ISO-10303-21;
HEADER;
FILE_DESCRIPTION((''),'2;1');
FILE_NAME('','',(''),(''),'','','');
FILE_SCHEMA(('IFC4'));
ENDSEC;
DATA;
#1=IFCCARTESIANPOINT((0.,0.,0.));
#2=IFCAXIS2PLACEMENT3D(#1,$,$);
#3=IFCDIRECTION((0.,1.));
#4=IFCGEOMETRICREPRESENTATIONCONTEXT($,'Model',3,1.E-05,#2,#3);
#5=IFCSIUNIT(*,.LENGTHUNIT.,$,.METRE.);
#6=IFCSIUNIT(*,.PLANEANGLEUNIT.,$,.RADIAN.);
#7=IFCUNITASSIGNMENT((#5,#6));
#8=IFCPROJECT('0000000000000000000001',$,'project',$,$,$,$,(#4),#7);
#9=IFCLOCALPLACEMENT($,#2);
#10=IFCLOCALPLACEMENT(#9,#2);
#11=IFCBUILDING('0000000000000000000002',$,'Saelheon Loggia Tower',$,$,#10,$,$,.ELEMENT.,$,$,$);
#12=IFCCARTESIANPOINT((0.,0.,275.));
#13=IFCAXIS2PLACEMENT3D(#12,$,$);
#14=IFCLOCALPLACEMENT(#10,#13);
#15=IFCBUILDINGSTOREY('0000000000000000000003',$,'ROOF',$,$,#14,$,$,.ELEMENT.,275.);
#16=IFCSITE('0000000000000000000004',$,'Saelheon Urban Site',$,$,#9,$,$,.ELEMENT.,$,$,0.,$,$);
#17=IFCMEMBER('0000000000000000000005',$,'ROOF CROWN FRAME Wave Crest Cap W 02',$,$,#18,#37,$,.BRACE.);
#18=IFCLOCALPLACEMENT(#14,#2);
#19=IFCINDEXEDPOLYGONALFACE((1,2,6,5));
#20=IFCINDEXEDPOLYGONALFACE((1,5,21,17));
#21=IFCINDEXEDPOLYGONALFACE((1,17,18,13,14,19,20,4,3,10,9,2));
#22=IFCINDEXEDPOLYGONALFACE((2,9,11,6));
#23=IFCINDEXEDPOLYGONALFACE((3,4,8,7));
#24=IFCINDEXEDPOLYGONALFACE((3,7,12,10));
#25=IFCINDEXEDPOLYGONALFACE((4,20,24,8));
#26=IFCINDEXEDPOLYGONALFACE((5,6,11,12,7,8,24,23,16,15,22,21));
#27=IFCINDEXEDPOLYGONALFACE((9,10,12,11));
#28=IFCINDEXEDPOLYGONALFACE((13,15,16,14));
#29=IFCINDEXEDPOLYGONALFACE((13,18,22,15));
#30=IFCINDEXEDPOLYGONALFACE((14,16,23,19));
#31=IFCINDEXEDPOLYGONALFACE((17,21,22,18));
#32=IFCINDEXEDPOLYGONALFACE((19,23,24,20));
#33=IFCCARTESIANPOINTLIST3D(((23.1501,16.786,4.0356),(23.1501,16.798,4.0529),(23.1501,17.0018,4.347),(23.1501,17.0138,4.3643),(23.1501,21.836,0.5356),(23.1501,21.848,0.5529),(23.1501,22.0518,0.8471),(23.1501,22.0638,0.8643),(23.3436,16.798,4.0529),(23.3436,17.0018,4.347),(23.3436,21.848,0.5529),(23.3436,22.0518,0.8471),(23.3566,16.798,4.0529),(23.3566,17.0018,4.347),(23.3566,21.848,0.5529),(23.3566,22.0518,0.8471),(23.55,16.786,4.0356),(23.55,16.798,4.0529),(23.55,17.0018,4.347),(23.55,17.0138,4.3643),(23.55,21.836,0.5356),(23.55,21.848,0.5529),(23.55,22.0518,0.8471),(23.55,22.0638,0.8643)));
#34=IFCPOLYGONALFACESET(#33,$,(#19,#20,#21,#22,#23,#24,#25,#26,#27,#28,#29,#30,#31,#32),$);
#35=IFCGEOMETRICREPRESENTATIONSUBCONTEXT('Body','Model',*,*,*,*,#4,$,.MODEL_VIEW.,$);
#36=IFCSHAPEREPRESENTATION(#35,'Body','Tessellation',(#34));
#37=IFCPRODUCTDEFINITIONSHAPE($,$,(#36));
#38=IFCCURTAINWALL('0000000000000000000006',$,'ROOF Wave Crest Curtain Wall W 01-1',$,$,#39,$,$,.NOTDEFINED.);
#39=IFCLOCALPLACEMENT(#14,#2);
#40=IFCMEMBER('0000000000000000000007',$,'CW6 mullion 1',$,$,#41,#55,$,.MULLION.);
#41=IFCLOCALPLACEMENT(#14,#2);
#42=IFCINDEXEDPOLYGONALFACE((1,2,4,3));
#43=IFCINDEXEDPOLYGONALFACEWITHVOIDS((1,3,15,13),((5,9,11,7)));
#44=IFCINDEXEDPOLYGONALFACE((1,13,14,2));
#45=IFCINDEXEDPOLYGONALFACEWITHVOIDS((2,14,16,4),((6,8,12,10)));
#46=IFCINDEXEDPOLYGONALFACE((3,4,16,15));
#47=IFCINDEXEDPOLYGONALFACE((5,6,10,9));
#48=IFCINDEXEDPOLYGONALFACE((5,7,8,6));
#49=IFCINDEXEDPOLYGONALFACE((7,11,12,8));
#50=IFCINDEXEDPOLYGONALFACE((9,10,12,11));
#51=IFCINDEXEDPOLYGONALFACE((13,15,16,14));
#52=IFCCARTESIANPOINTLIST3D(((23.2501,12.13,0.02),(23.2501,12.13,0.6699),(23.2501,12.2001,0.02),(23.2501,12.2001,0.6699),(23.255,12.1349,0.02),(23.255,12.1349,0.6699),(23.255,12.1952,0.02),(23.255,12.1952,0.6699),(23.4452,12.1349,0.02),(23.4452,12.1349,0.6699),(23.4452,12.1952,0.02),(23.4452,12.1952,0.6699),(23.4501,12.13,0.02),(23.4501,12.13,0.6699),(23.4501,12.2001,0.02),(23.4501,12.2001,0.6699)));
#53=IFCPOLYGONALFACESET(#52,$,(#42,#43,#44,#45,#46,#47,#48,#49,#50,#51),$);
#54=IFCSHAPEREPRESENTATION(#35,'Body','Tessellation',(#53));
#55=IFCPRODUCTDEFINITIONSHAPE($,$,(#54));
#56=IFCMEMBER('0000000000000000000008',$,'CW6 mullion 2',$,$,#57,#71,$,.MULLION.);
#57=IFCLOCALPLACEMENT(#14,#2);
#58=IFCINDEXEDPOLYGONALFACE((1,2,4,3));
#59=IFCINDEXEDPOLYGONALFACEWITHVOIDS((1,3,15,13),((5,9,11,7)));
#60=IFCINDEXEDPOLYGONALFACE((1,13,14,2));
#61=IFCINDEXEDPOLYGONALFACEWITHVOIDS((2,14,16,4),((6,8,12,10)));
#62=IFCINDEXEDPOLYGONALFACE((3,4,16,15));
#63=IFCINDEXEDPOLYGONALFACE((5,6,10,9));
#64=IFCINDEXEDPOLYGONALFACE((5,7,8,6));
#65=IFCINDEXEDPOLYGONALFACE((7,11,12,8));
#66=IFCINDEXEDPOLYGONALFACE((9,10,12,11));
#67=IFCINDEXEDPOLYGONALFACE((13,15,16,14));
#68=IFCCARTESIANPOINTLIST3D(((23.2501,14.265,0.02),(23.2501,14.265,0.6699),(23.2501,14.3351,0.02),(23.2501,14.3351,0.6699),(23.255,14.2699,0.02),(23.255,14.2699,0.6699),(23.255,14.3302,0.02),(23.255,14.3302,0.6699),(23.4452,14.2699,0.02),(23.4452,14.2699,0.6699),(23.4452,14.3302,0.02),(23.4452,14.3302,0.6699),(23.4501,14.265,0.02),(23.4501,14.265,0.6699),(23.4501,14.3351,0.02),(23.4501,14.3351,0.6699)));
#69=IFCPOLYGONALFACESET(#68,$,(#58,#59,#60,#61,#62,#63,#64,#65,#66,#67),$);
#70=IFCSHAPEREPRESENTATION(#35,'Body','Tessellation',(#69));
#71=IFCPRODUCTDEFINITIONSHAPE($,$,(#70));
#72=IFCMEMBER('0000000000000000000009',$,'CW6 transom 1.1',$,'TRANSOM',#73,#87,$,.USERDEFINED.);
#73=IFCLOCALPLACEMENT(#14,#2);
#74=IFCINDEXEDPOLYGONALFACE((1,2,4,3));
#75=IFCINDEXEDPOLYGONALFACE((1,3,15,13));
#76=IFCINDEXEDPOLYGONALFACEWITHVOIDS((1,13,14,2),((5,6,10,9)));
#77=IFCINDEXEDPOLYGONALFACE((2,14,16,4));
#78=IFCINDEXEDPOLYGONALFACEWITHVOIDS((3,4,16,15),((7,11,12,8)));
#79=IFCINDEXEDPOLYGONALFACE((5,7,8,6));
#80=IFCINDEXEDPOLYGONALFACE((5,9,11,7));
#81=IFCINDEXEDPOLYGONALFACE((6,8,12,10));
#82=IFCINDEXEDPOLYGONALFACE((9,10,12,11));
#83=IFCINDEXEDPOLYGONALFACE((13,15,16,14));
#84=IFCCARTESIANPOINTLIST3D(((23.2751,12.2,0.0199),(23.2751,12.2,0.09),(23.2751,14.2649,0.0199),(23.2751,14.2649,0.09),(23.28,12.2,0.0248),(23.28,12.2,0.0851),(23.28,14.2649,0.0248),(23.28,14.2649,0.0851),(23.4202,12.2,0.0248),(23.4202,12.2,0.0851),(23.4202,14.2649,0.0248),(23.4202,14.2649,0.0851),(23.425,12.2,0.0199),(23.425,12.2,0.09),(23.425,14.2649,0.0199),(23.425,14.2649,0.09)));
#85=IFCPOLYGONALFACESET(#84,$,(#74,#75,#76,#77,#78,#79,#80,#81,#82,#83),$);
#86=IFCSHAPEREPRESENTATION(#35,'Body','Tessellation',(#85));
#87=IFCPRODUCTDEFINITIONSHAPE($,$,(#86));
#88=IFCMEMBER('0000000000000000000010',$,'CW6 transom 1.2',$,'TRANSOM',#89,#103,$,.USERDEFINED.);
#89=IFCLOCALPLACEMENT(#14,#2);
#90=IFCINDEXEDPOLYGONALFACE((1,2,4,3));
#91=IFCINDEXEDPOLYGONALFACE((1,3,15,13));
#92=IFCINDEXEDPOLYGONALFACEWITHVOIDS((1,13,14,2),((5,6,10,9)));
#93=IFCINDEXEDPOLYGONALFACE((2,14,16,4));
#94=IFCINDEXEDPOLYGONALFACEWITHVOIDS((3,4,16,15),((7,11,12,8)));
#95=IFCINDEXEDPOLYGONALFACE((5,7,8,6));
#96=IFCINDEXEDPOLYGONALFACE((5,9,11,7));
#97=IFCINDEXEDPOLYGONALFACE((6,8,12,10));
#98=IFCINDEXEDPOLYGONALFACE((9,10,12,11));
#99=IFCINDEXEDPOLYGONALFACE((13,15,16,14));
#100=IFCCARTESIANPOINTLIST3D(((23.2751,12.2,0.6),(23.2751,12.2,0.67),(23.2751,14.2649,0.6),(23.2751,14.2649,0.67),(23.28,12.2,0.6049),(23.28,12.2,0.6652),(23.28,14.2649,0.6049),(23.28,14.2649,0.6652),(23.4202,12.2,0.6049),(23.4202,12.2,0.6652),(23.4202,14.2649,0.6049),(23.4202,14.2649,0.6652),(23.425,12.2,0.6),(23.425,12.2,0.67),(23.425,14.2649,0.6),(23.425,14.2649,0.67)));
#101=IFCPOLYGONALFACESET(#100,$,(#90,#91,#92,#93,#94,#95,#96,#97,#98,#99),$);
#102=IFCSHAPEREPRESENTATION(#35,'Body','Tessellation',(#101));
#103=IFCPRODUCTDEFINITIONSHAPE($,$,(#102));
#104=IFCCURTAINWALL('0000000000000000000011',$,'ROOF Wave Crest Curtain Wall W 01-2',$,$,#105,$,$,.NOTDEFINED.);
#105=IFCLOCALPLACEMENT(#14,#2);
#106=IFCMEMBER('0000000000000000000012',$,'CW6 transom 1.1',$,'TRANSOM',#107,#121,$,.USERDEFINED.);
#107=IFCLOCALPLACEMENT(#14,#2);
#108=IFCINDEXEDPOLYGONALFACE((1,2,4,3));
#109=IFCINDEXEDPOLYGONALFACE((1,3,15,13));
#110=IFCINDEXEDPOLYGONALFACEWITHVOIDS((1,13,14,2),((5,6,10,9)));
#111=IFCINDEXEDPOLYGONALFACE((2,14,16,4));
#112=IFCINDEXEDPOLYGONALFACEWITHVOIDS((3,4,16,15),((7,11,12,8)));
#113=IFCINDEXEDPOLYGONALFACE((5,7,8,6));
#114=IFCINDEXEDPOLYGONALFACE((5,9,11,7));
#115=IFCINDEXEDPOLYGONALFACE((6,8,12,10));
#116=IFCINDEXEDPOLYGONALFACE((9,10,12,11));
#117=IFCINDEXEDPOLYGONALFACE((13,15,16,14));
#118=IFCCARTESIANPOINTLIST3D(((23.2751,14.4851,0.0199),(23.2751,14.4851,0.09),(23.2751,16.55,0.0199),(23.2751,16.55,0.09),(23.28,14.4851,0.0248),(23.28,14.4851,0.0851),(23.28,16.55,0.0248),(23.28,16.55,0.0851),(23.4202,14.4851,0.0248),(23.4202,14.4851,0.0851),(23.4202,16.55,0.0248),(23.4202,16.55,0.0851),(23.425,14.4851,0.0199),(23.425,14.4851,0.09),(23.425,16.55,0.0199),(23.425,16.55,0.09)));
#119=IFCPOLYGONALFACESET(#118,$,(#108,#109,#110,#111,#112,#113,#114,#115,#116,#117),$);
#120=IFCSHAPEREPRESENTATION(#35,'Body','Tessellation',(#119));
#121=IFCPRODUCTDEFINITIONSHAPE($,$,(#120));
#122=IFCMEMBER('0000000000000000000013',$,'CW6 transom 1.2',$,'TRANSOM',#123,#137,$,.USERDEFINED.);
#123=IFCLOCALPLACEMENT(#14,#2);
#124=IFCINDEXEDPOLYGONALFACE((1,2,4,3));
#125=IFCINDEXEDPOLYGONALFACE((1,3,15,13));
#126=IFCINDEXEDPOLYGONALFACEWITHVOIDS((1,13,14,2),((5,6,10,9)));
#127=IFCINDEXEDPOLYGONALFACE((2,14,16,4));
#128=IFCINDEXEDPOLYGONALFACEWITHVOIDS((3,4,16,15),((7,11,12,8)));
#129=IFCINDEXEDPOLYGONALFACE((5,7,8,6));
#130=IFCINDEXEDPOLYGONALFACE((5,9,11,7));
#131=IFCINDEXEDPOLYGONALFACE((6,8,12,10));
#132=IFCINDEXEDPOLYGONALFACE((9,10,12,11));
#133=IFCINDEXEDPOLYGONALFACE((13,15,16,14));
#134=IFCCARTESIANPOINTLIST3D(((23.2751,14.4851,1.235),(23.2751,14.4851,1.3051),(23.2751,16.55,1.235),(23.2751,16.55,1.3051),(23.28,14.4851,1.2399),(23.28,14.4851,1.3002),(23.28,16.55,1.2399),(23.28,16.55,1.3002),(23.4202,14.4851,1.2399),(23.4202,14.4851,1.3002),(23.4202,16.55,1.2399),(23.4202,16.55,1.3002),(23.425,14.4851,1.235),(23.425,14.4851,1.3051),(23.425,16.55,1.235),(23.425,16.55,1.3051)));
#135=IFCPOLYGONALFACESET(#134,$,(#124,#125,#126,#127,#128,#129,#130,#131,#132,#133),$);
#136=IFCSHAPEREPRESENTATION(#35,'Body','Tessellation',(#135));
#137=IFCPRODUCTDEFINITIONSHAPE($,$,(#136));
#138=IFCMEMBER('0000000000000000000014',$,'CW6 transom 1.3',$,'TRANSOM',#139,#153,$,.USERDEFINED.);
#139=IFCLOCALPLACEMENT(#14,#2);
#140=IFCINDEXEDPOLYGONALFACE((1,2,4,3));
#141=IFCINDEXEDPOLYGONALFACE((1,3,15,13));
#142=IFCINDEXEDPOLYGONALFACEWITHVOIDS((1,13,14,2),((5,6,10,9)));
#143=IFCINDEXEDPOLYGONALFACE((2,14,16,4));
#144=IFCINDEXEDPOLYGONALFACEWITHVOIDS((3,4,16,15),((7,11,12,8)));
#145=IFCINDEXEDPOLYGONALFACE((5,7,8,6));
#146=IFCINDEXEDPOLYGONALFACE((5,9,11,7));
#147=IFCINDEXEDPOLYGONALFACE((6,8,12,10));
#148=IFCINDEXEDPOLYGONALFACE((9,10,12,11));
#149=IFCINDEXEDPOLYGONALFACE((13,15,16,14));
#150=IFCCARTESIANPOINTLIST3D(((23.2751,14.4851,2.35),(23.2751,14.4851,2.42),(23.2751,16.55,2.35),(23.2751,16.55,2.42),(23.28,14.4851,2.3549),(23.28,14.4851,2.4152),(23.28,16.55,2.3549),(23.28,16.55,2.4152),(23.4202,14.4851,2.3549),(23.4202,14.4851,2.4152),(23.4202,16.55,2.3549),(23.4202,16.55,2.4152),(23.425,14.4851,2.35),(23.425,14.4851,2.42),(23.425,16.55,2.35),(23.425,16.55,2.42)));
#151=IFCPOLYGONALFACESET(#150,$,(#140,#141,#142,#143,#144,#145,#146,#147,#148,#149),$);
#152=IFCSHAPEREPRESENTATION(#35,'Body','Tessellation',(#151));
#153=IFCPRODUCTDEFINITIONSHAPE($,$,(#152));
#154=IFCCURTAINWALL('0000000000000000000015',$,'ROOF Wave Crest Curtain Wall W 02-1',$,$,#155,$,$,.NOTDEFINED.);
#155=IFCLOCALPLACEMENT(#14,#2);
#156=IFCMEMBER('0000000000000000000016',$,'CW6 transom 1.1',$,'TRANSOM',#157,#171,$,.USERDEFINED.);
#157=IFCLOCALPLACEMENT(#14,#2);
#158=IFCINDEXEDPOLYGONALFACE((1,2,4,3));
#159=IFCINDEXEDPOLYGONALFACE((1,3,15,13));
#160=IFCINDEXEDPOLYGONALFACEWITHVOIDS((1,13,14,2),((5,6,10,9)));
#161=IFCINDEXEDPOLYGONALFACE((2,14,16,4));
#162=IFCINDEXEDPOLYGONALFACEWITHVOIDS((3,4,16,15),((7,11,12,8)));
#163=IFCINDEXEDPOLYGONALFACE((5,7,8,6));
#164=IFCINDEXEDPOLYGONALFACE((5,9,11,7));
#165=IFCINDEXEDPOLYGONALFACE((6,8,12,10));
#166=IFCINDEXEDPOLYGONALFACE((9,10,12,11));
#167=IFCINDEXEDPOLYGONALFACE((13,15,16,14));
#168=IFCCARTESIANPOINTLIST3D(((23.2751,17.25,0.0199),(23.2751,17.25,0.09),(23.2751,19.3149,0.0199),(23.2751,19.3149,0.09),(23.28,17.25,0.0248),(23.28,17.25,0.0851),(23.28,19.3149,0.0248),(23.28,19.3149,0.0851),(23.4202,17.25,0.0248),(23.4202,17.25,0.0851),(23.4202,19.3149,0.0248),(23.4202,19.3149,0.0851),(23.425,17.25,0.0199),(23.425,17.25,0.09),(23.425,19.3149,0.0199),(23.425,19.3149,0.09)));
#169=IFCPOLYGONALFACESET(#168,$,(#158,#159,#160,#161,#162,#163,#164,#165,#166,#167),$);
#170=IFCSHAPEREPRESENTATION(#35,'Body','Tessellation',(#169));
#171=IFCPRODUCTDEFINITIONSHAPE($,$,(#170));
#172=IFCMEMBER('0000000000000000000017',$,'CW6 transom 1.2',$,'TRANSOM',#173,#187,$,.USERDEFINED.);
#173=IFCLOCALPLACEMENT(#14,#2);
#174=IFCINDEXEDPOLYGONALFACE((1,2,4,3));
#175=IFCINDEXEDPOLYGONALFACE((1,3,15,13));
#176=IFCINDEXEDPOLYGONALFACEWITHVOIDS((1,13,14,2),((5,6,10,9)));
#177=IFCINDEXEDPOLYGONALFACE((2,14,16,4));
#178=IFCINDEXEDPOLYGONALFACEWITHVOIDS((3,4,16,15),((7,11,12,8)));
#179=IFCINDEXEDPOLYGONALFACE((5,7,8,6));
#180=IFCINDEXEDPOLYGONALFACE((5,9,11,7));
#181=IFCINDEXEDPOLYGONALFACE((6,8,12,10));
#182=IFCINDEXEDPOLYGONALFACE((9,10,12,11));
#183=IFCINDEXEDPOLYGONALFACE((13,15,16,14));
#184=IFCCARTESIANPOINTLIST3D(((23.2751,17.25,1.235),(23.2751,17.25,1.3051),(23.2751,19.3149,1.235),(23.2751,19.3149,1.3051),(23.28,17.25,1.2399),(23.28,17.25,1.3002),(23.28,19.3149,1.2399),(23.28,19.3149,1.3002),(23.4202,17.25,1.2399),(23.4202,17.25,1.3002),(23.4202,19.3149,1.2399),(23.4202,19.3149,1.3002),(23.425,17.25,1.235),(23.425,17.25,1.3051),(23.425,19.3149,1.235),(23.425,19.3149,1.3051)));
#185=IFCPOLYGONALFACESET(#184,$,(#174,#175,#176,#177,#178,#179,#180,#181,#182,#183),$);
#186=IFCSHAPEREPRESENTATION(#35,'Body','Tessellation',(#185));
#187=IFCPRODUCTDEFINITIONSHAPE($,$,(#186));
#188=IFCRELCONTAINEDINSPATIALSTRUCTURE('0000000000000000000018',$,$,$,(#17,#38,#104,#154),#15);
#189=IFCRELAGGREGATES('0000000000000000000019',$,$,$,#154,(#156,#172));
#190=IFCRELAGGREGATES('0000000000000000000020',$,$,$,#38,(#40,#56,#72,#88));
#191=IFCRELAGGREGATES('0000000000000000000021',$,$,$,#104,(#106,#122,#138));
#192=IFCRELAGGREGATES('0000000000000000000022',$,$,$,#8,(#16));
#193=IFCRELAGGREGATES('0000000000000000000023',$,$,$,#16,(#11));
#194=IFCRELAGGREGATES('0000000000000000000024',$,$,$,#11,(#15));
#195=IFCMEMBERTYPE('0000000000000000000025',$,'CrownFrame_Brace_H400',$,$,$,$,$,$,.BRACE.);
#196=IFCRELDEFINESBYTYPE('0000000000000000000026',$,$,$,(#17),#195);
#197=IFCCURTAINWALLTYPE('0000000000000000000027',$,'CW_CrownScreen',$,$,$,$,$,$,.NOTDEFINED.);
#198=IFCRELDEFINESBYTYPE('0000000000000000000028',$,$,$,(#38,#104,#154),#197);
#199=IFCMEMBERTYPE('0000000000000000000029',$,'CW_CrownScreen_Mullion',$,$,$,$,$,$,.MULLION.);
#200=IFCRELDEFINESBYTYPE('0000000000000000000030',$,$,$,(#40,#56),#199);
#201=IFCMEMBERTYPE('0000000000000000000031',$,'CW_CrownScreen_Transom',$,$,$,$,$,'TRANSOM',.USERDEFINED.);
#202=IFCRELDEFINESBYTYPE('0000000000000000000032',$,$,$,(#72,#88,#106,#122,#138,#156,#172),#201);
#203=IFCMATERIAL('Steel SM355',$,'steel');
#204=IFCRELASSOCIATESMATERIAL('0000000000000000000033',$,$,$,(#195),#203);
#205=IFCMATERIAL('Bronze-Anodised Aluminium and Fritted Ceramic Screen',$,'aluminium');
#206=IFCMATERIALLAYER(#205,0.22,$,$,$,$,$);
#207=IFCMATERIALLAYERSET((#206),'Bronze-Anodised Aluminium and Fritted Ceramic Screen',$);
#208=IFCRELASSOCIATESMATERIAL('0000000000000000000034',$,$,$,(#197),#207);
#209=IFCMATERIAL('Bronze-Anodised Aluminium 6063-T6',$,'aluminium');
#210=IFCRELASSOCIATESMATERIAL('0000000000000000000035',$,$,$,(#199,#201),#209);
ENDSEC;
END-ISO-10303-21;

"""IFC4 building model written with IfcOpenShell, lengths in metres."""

from ifc_helpers import new_model, si_unit, direction, frame, origin, origin_2d, place, context, subcontext, project, spatial, hollow_rectangle, i_section, extrude, source, transform, mapped, material, layer, layer_set, material_profile, profile_set, type_object, element, aggregate, save


model = new_model("IFC4")

# Units and contexts
model_context = context("Model", 3, precision=1e-05, world=origin(), true_north=direction((0.0, 1.0)))
body_context = subcontext(model_context, "Body", "Model", "MODEL_VIEW")
ifc_project = project(units=[si_unit("LENGTHUNIT", "METRE"), si_unit("PLANEANGLEUNIT", "RADIAN")], contexts=[model_context])

# Site, building, storey
site_placement = place(None, origin())
site = spatial("IfcSite", under=ifc_project, at=site_placement, Name="Saelheon Urban Site", CompositionType="ELEMENT", RefElevation=0.0)
building_placement = place(site_placement, origin())
building = spatial("IfcBuilding", under=site, at=building_placement, Name="Saelheon Loggia Tower", CompositionType="ELEMENT")
storey_placement = place(building_placement, frame((0.0, 0.0, 275.0)))
storey = spatial("IfcBuildingStorey", under=building, at=storey_placement, Name="ROOF", CompositionType="ELEMENT", Elevation=275.0)

# Member
ifc_material_1 = material(Name="Steel SM355", Category="steel")
ifc_material_profile_1 = material_profile(ifc_material_1, i_section(OverallWidth=0.3999, OverallDepth=0.3999, WebThickness=0.0129, FlangeThickness=0.021, at=origin_2d()), Name="H-400x400x13x21")
ifc_profile_set_1 = profile_set([ifc_material_profile_1], Name="Steel SM355")
member_type_1 = type_object("IfcMemberType", Name="CrownFrame_Brace_H400", PredefinedType="BRACE", material=ifc_profile_set_1)
shared_shape_1 = source(origin(), body_context, "Body", "SweptSolid", [
    extrude(i_section(OverallWidth=0.3999, OverallDepth=0.3999, WebThickness=0.0129, FlangeThickness=0.021, at=origin_2d()), origin(), (0.0, 0.0, 1.0), 6.1443),
])
member_1_placement = place(storey_placement, frame((23.3501, 16.8999, 4.2), z_axis=(0.0, 0.821902, -0.569629), x_axis=(-1.0, 0.0, 0.0)))
element("IfcMember", 1, at=member_1_placement, inside=storey, type_object=member_type_1, Name="ROOF CROWN FRAME Wave Crest Cap W 02", PredefinedType="BRACE", context=body_context, shape_type="MappedRepresentation", body=[
    mapped(shared_shape_1, transform((0.0, 0.0, 0.0), scale=1.0)),
])

# Curtain walls, members
ifc_material_2 = material(Name="Bronze-Anodised Aluminium and Fritted Ceramic Screen", Category="aluminium")
ifc_layer_1 = layer(ifc_material_2, 0.22)
ifc_layer_set_1 = layer_set([ifc_layer_1], Name="Bronze-Anodised Aluminium and Fritted Ceramic Screen")
curtain_wall_type = type_object("IfcCurtainWallType", Name="CW_CrownScreen", PredefinedType="NOTDEFINED", material=ifc_layer_set_1)
curtain_wall_1_placement = place(storey_placement, origin())
curtain_wall_1 = element("IfcCurtainWall", 2, at=curtain_wall_1_placement, inside=storey, type_object=curtain_wall_type, Name="ROOF Wave Crest Curtain Wall W 01-1", PredefinedType="NOTDEFINED")
ifc_material_3 = material(Name="Bronze-Anodised Aluminium 6063-T6", Category="aluminium")
ifc_material_profile_2 = material_profile(ifc_material_3, hollow_rectangle(XDim=0.0701, YDim=0.2, WallThickness=0.0049, at=origin_2d()), Name="RHS-200x70x5")
ifc_profile_set_2 = profile_set([ifc_material_profile_2], Name="Bronze-Anodised Aluminium 6063-T6")
member_type_2 = type_object("IfcMemberType", Name="CW_CrownScreen_Mullion", PredefinedType="MULLION", material=ifc_profile_set_2)
shared_shape_2 = source(origin(), body_context, "Body", "SweptSolid", [
    extrude(hollow_rectangle(XDim=0.0701, YDim=0.2, WallThickness=0.0049, at=origin_2d()), origin(), (0.0, 0.0, 1.0), 0.6499),
])
member_2_placement = place(storey_placement, frame((23.3501, 12.165, 0.02), z_axis=(0.0, 0.0, 1.0), x_axis=(0.0, 1.0, 0.0)))
member_2 = element("IfcMember", 3, at=member_2_placement, type_object=member_type_2, Name="CW6 mullion 1", PredefinedType="MULLION", context=body_context, shape_type="MappedRepresentation", body=[
    mapped(shared_shape_2, transform((0.0, 0.0, 0.0), scale=1.0)),
])
member_3_placement = place(storey_placement, frame((23.3501, 14.3, 0.02), z_axis=(0.0, 0.0, 1.0), x_axis=(0.0, 1.0, 0.0)))
member_3 = element("IfcMember", 4, at=member_3_placement, type_object=member_type_2, Name="CW6 mullion 2", PredefinedType="MULLION", context=body_context, shape_type="MappedRepresentation", body=[
    mapped(shared_shape_2, transform((0.0, 0.0, 0.0), scale=1.0)),
])
ifc_material_profile_3 = material_profile(ifc_material_3, hollow_rectangle(XDim=0.0701, YDim=0.1499, WallThickness=0.0049, at=origin_2d()), Name="RHS-150x70x5")
ifc_profile_set_3 = profile_set([ifc_material_profile_3], Name="Bronze-Anodised Aluminium 6063-T6")
member_type_3 = type_object("IfcMemberType", Name="CW_CrownScreen_Transom", ElementType="TRANSOM", PredefinedType="USERDEFINED", material=ifc_profile_set_3)
shared_shape_3 = source(origin(), body_context, "Body", "SweptSolid", [
    extrude(hollow_rectangle(XDim=0.0701, YDim=0.1499, WallThickness=0.0049, at=origin_2d()), origin(), (0.0, 0.0, 1.0), 2.0649),
])
member_4_placement = place(storey_placement, frame((23.3501, 12.2, 0.0549), z_axis=(0.0, 1.0, 0.0), x_axis=(0.0, 0.0, 1.0)))
member_4 = element("IfcMember", 5, at=member_4_placement, type_object=member_type_3, Name="CW6 transom 1.1", ObjectType="TRANSOM", PredefinedType="USERDEFINED", context=body_context, shape_type="MappedRepresentation", body=[
    mapped(shared_shape_3, transform((0.0, 0.0, 0.0), scale=1.0)),
])
member_5_placement = place(storey_placement, frame((23.3501, 12.2, 0.635), z_axis=(0.0, 1.0, 0.0), x_axis=(0.0, 0.0, 1.0)))
member_5 = element("IfcMember", 6, at=member_5_placement, type_object=member_type_3, Name="CW6 transom 1.2", ObjectType="TRANSOM", PredefinedType="USERDEFINED", context=body_context, shape_type="MappedRepresentation", body=[
    mapped(shared_shape_3, transform((0.0, 0.0, 0.0), scale=1.0)),
])
curtain_wall_2_placement = place(storey_placement, origin())
curtain_wall_2 = element("IfcCurtainWall", 7, at=curtain_wall_2_placement, inside=storey, type_object=curtain_wall_type, Name="ROOF Wave Crest Curtain Wall W 01-2", PredefinedType="NOTDEFINED")
member_6_placement = place(storey_placement, frame((23.3501, 14.4851, 0.0549), z_axis=(0.0, 1.0, 0.0), x_axis=(0.0, 0.0, 1.0)))
member_6 = element("IfcMember", 8, at=member_6_placement, type_object=member_type_3, Name="CW6 transom 1.1", ObjectType="TRANSOM", PredefinedType="USERDEFINED", context=body_context, shape_type="MappedRepresentation", body=[
    mapped(shared_shape_3, transform((0.0, 0.0, 0.0), scale=1.0)),
])
member_7_placement = place(storey_placement, frame((23.3501, 14.4851, 1.27), z_axis=(0.0, 1.0, 0.0), x_axis=(0.0, 0.0, 1.0)))
member_7 = element("IfcMember", 9, at=member_7_placement, type_object=member_type_3, Name="CW6 transom 1.2", ObjectType="TRANSOM", PredefinedType="USERDEFINED", context=body_context, shape_type="MappedRepresentation", body=[
    mapped(shared_shape_3, transform((0.0, 0.0, 0.0), scale=1.0)),
])
member_8_placement = place(storey_placement, frame((23.3501, 14.4851, 2.385), z_axis=(0.0, 1.0, 0.0), x_axis=(0.0, 0.0, 1.0)))
member_8 = element("IfcMember", 10, at=member_8_placement, type_object=member_type_3, Name="CW6 transom 1.3", ObjectType="TRANSOM", PredefinedType="USERDEFINED", context=body_context, shape_type="MappedRepresentation", body=[
    mapped(shared_shape_3, transform((0.0, 0.0, 0.0), scale=1.0)),
])
curtain_wall_3_placement = place(storey_placement, origin())
curtain_wall_3 = element("IfcCurtainWall", 11, at=curtain_wall_3_placement, inside=storey, type_object=curtain_wall_type, Name="ROOF Wave Crest Curtain Wall W 02-1", PredefinedType="NOTDEFINED")
member_9_placement = place(storey_placement, frame((23.3501, 17.25, 0.0549), z_axis=(0.0, 1.0, 0.0), x_axis=(0.0, 0.0, 1.0)))
member_9 = element("IfcMember", 12, at=member_9_placement, type_object=member_type_3, Name="CW6 transom 1.1", ObjectType="TRANSOM", PredefinedType="USERDEFINED", context=body_context, shape_type="MappedRepresentation", body=[
    mapped(shared_shape_3, transform((0.0, 0.0, 0.0), scale=1.0)),
])
member_10_placement = place(storey_placement, frame((23.3501, 17.25, 1.27), z_axis=(0.0, 1.0, 0.0), x_axis=(0.0, 0.0, 1.0)))
member_10 = element("IfcMember", 13, at=member_10_placement, type_object=member_type_3, Name="CW6 transom 1.2", ObjectType="TRANSOM", PredefinedType="USERDEFINED", context=body_context, shape_type="MappedRepresentation", body=[
    mapped(shared_shape_3, transform((0.0, 0.0, 0.0), scale=1.0)),
])

aggregate(curtain_wall_3, [member_9, member_10])

aggregate(curtain_wall_1, [member_2, member_3, member_4, member_5])
aggregate(curtain_wall_2, [member_6, member_7, member_8])

save(model, "model.ifc")
